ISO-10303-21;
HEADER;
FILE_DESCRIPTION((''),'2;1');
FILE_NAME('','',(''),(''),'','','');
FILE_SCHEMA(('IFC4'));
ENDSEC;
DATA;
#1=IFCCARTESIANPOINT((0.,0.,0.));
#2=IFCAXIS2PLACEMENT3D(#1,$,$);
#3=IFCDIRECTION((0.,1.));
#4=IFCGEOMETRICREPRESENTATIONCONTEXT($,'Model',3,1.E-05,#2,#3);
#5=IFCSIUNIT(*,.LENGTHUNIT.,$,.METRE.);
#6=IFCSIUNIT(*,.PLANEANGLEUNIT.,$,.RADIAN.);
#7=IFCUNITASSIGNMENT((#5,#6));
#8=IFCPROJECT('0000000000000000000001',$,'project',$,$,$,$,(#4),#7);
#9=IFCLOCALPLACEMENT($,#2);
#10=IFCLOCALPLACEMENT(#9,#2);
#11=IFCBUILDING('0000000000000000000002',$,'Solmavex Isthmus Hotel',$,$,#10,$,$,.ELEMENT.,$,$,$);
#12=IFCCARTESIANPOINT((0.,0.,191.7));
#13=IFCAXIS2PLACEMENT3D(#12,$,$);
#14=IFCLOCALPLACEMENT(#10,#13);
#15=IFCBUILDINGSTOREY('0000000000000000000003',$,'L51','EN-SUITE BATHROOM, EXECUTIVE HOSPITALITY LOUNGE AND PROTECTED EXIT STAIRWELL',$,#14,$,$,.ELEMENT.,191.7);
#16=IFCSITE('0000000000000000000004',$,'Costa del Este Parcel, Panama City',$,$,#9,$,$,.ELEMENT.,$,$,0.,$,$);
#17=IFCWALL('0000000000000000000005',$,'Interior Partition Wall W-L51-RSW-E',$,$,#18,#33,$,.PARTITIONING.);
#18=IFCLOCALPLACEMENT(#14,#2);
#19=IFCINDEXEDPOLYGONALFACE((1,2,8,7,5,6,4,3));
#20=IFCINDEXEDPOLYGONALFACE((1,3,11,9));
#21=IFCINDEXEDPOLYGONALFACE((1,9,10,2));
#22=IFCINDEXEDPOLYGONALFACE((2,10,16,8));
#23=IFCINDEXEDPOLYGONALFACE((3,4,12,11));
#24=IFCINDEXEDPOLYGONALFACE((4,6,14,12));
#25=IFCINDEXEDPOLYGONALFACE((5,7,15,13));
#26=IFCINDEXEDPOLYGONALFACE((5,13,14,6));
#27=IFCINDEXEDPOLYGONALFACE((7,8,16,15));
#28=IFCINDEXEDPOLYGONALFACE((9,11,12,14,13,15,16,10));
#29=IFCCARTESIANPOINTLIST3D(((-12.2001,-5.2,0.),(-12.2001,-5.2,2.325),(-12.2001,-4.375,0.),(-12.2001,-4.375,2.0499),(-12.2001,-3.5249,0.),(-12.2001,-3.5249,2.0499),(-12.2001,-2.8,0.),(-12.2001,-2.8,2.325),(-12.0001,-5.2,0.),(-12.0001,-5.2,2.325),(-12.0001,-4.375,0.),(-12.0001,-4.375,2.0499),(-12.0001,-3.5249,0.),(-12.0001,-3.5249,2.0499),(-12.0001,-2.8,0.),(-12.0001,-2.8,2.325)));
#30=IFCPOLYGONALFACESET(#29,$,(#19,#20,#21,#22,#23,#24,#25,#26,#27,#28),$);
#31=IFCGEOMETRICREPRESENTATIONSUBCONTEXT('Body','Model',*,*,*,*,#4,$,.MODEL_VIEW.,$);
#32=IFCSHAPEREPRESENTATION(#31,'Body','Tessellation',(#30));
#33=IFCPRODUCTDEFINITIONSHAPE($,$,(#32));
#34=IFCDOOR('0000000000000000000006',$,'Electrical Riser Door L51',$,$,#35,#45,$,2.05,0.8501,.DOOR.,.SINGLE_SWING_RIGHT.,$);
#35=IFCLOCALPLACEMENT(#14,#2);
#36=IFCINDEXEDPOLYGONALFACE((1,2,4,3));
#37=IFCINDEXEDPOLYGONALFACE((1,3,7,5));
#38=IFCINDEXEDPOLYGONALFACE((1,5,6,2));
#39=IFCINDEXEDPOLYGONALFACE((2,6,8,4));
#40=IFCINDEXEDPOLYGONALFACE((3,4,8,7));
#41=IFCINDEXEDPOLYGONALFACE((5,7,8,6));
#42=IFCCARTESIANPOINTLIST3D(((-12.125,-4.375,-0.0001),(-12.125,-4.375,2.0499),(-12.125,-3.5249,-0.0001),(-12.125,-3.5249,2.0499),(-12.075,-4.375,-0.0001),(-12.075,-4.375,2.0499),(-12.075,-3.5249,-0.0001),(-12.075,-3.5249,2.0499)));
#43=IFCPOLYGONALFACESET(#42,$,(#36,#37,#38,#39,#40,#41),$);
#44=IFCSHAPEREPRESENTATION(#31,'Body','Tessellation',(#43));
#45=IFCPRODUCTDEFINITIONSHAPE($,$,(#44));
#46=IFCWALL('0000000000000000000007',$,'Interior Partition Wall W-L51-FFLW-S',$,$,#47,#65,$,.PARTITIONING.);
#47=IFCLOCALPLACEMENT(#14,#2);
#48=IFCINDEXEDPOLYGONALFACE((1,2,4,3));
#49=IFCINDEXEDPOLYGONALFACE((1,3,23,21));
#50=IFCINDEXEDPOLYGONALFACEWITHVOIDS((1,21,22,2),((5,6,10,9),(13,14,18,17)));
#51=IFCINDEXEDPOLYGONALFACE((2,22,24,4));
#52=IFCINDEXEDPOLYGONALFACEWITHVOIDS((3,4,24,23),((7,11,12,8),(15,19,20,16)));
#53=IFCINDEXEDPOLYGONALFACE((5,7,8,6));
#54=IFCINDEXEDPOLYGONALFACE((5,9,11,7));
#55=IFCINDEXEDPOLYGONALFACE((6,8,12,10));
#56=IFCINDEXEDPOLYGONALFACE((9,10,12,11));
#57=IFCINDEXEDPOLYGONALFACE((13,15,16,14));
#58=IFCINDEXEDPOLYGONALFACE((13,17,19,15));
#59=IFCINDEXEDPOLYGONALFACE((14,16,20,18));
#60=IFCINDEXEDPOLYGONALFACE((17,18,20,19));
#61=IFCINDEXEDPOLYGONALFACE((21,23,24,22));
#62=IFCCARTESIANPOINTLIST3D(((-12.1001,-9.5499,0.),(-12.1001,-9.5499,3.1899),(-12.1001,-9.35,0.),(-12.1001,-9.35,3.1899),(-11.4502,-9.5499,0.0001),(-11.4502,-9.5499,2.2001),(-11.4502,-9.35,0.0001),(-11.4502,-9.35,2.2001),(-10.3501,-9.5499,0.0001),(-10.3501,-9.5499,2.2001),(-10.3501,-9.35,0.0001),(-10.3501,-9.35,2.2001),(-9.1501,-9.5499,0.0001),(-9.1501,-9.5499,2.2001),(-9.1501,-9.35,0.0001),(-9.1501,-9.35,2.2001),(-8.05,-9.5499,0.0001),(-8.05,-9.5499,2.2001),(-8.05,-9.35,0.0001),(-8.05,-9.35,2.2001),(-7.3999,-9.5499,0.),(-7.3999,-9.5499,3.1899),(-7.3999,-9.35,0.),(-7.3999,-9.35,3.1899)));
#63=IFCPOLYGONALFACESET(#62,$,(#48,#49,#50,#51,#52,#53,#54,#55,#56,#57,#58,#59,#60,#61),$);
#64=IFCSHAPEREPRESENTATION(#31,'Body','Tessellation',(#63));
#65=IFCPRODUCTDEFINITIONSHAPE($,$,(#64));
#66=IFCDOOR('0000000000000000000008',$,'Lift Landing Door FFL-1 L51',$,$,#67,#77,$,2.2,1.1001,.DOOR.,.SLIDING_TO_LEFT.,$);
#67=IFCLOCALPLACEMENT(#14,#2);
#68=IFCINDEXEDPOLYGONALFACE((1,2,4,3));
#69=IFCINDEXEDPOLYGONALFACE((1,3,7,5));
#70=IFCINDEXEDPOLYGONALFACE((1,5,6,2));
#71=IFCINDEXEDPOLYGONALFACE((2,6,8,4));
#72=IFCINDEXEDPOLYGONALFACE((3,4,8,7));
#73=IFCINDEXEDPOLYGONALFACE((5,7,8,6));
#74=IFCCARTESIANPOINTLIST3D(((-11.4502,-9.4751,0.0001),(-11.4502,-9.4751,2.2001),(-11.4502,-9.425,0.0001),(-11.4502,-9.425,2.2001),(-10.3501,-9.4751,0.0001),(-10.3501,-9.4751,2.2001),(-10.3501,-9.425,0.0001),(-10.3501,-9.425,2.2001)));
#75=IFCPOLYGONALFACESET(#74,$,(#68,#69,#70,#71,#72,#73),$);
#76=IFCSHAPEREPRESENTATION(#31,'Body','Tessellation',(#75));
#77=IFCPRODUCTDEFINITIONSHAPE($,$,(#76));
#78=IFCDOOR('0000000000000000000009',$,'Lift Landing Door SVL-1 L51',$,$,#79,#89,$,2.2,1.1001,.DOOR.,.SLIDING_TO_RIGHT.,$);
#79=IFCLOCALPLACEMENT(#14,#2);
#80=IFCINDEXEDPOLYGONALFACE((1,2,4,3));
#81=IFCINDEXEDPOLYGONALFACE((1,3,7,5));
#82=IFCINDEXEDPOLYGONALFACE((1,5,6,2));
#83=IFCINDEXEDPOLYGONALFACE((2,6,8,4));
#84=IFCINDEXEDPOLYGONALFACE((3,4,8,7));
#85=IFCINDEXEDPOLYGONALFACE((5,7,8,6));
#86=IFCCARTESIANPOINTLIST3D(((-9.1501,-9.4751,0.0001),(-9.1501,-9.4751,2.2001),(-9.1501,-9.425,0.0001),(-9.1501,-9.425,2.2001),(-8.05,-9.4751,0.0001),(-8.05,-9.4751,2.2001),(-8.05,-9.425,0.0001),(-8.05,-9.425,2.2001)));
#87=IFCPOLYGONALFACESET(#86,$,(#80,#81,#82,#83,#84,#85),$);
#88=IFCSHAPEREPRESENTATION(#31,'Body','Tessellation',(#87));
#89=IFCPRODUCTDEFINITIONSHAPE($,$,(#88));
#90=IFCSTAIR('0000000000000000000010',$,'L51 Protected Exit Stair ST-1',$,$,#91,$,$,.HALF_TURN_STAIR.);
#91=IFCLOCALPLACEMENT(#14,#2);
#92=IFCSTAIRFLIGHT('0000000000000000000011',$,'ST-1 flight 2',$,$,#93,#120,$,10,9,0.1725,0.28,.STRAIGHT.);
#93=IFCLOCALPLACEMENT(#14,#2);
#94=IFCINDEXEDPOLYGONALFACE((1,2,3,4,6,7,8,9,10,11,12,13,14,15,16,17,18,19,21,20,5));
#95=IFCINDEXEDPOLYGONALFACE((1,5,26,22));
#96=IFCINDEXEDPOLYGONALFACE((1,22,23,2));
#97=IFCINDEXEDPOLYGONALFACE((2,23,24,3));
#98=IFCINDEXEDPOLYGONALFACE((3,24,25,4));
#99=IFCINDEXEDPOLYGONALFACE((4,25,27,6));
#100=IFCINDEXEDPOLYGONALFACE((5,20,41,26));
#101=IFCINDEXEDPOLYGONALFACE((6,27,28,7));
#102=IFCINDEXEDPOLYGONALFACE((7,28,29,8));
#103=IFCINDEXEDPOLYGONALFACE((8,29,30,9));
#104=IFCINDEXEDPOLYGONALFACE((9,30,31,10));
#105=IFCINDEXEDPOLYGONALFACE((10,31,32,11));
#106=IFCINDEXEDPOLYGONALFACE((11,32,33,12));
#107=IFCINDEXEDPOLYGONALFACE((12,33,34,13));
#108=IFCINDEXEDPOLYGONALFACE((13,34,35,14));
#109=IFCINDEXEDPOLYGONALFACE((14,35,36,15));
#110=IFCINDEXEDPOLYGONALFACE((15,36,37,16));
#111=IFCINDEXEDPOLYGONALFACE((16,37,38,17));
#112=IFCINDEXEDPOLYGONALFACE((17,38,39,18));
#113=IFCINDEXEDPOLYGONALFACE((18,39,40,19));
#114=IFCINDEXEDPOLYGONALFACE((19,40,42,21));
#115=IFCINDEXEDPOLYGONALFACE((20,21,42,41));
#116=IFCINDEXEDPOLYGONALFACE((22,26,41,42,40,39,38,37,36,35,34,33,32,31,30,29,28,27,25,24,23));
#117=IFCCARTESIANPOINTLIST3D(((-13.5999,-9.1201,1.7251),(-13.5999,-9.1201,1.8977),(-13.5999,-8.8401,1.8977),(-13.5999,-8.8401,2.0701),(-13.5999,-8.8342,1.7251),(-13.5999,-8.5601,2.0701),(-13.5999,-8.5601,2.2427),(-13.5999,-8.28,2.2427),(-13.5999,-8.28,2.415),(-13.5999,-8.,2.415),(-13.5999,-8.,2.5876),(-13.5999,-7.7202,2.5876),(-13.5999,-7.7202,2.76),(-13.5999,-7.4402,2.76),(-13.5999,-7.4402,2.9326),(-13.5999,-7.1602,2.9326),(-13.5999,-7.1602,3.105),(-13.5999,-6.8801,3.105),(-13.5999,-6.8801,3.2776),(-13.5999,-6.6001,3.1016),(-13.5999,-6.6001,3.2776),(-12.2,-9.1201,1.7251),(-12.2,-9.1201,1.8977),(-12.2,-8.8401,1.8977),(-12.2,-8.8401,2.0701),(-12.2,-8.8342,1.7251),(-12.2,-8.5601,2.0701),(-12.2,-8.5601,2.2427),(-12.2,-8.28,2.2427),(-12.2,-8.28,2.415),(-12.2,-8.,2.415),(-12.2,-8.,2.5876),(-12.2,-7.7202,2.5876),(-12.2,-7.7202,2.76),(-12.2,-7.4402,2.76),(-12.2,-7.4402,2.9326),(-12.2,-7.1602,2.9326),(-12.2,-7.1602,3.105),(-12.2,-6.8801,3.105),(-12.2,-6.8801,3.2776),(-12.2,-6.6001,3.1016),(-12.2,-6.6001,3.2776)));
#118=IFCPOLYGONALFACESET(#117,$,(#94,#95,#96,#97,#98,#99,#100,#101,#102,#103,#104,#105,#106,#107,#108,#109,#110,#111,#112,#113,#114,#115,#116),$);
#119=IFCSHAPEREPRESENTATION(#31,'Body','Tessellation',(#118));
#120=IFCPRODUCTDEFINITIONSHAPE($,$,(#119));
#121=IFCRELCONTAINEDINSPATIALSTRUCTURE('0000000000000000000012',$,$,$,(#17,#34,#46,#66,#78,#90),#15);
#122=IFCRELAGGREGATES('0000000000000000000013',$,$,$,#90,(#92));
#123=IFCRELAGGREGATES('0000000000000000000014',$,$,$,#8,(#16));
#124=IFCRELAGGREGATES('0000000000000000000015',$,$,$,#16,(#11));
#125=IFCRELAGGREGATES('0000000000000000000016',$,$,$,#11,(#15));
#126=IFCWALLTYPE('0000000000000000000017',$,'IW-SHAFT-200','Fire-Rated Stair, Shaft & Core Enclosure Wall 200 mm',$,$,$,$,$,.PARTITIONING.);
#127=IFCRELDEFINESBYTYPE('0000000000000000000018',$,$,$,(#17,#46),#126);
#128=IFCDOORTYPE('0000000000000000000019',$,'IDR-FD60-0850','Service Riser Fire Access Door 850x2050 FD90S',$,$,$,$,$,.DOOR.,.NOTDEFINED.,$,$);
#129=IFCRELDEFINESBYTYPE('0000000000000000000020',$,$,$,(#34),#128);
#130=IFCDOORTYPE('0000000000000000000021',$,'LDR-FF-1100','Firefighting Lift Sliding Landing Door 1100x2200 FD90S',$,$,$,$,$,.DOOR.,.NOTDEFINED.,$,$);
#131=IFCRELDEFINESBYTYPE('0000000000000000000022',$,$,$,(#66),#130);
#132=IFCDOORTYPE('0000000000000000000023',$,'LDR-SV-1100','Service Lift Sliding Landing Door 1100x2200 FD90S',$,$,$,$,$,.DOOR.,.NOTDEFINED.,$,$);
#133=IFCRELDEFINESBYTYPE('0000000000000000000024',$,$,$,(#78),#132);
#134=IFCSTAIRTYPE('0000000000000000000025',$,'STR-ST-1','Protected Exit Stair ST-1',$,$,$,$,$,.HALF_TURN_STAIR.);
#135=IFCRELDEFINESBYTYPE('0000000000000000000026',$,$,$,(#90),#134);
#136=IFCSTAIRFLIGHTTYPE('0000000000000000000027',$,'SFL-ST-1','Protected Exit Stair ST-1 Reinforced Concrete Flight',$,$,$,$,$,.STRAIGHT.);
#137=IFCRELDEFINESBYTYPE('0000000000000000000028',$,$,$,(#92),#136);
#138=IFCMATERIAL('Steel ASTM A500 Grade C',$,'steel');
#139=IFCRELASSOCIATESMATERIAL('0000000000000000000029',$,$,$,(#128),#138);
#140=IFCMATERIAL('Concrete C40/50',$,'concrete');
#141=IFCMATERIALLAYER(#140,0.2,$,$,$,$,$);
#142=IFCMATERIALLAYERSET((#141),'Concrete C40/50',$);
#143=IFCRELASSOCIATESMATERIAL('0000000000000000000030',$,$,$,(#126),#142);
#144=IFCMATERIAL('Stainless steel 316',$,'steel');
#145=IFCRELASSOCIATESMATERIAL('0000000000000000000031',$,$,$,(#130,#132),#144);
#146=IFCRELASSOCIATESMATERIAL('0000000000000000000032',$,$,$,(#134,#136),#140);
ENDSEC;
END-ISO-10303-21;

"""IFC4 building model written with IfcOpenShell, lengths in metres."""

from ifc_helpers import new_model, si_unit, direction, frame, frame_2d, origin, place, context, subcontext, project, spatial, polyline, rectangle, outline, extrude, material, layer, layer_set, type_object, element, fill, aggregate, save


model = new_model("IFC4")

# Units and contexts
model_context = context("Model", 3, precision=1e-05, world=origin(), true_north=direction((0.0, 1.0)))
body_context = subcontext(model_context, "Body", "Model", "MODEL_VIEW")
ifc_project = project(units=[si_unit("LENGTHUNIT", "METRE"), si_unit("PLANEANGLEUNIT", "RADIAN")], contexts=[model_context])

# Site, building, storey
site_placement = place(None, origin())
site = spatial("IfcSite", under=ifc_project, at=site_placement, Name="Costa del Este Parcel, Panama City", CompositionType="ELEMENT", RefElevation=0.0)
building_placement = place(site_placement, origin())
building = spatial("IfcBuilding", under=site, at=building_placement, Name="Solmavex Isthmus Hotel", CompositionType="ELEMENT")
storey_placement = place(building_placement, frame((0.0, 0.0, 191.7)))
storey = spatial("IfcBuildingStorey", under=building, at=storey_placement, Name="L51", Description="EN-SUITE BATHROOM, EXECUTIVE HOSPITALITY LOUNGE AND PROTECTED EXIT STAIRWELL", CompositionType="ELEMENT", Elevation=191.7)

# Shared definitions
ifc_material_1 = material(Name="Steel ASTM A500 Grade C", Category="steel")
door_type_1 = type_object("IfcDoorType", Name="IDR-FD60-0850", Description="Service Riser Fire Access Door 850x2050 FD90S", OperationType="NOTDEFINED", PredefinedType="DOOR", material=ifc_material_1)

# Wall, opening, door
ifc_material_2 = material(Name="Concrete C40/50", Category="concrete")
ifc_layer_1 = layer(ifc_material_2, 0.2)
ifc_layer_set_1 = layer_set([ifc_layer_1], Name="Concrete C40/50")
wall_type_1 = type_object("IfcWallType", Name="IW-SHAFT-200", Description="Fire-Rated Stair, Shaft & Core Enclosure Wall 200 mm", PredefinedType="PARTITIONING", material=ifc_layer_set_1)
wall_1_placement = place(storey_placement, frame((-12.1001, -5.2, 0.0), z_axis=(0.0, 0.0, 1.0), x_axis=(0.0, 1.0, 0.0)))
wall_1 = element("IfcWall", 1, at=wall_1_placement, inside=storey, type_object=wall_type_1, Name="Interior Partition Wall W-L51-RSW-E", PredefinedType="PARTITIONING", context=body_context, shape_type="SweptSolid", body=[
    extrude(rectangle(XDim=2.3999, YDim=0.2, at=frame_2d((1.2, 0.0))), origin(), (0.0, 0.0, 1.0), 2.325),
])
opening_1_placement = place(wall_1_placement, frame((0.825, 0.0, 0.0)))
opening_1 = element("IfcOpeningElement", 2, at=opening_1_placement, cuts=wall_1, PredefinedType="OPENING", context=body_context, shape_type="SweptSolid", body=[
    extrude(rectangle(XDim=0.8501, YDim=2.05, at=frame_2d((0.425, 1.0249))), frame((0.0, 0.1099, 0.0), z_axis=(0.0, -1.0, 0.0), x_axis=(1.0, 0.0, 0.0)), (0.0, 0.0, 1.0), 0.22),
])
door_1_placement = place(opening_1_placement, origin())
door_1 = element("IfcDoor", 3, at=door_1_placement, inside=storey, type_object=door_type_1, Name="Electrical Riser Door L51", OperationType="SINGLE_SWING_RIGHT", OverallHeight=2.05, OverallWidth=0.8501, PredefinedType="DOOR", context=body_context, shape_type="SweptSolid", body=[
    extrude(rectangle(XDim=0.8501, YDim=2.05, at=frame_2d((0.425, 1.0249))), frame((0.0, 0.0249, 0.0), z_axis=(0.0, -1.0, 0.0), x_axis=(1.0, 0.0, 0.0)), (0.0, 0.0, 1.0), 0.05),
])
fill(opening_1, door_1)

# Wall, openings, doors
wall_2_placement = place(storey_placement, frame((-12.1001, -9.45, 0.0), z_axis=(0.0, 0.0, 1.0), x_axis=(1.0, 0.0, 0.0)))
wall_2 = element("IfcWall", 4, at=wall_2_placement, inside=storey, type_object=wall_type_1, Name="Interior Partition Wall W-L51-FFLW-S", PredefinedType="PARTITIONING", context=body_context, shape_type="SweptSolid", body=[
    extrude(rectangle(XDim=4.7002, YDim=0.2, at=frame_2d((2.3501, 0.0))), origin(), (0.0, 0.0, 1.0), 3.1899),
])
opening_2_placement = place(wall_2_placement, frame((0.6499, 0.0, 0.0)))
opening_2 = element("IfcOpeningElement", 5, at=opening_2_placement, cuts=wall_2, PredefinedType="OPENING", context=body_context, shape_type="SweptSolid", body=[
    extrude(rectangle(XDim=1.1001, YDim=2.2, at=frame_2d((0.55, 1.1001))), frame((0.0, 0.1099, 0.0), z_axis=(0.0, -1.0, 0.0), x_axis=(1.0, 0.0, 0.0)), (0.0, 0.0, 1.0), 0.22),
])
opening_3_placement = place(wall_2_placement, frame((2.95, 0.0, 0.0)))
opening_3 = element("IfcOpeningElement", 6, at=opening_3_placement, cuts=wall_2, PredefinedType="OPENING", context=body_context, shape_type="SweptSolid", body=[
    extrude(rectangle(XDim=1.1001, YDim=2.2, at=frame_2d((0.55, 1.1001))), frame((0.0, 0.1099, 0.0), z_axis=(0.0, -1.0, 0.0), x_axis=(1.0, 0.0, 0.0)), (0.0, 0.0, 1.0), 0.22),
])
ifc_material_3 = material(Name="Stainless steel 316", Category="steel")
door_type_2 = type_object("IfcDoorType", Name="LDR-FF-1100", Description="Firefighting Lift Sliding Landing Door 1100x2200 FD90S", OperationType="NOTDEFINED", PredefinedType="DOOR", material=ifc_material_3)
door_2_placement = place(opening_2_placement, origin())
door_2 = element("IfcDoor", 7, at=door_2_placement, inside=storey, type_object=door_type_2, Name="Lift Landing Door FFL-1 L51", OperationType="SLIDING_TO_LEFT", OverallHeight=2.2, OverallWidth=1.1001, PredefinedType="DOOR", context=body_context, shape_type="SweptSolid", body=[
    extrude(rectangle(XDim=1.1001, YDim=2.2, at=frame_2d((0.55, 1.1001))), frame((0.0, 0.0249, 0.0), z_axis=(0.0, -1.0, 0.0), x_axis=(1.0, 0.0, 0.0)), (0.0, 0.0, 1.0), 0.05),
])
fill(opening_2, door_2)
door_type_3 = type_object("IfcDoorType", Name="LDR-SV-1100", Description="Service Lift Sliding Landing Door 1100x2200 FD90S", OperationType="NOTDEFINED", PredefinedType="DOOR", material=ifc_material_3)
door_3_placement = place(opening_3_placement, origin())
door_3 = element("IfcDoor", 8, at=door_3_placement, inside=storey, type_object=door_type_3, Name="Lift Landing Door SVL-1 L51", OperationType="SLIDING_TO_RIGHT", OverallHeight=2.2, OverallWidth=1.1001, PredefinedType="DOOR", context=body_context, shape_type="SweptSolid", body=[
    extrude(rectangle(XDim=1.1001, YDim=2.2, at=frame_2d((0.55, 1.1001))), frame((0.0, 0.0249, 0.0), z_axis=(0.0, -1.0, 0.0), x_axis=(1.0, 0.0, 0.0)), (0.0, 0.0, 1.0), 0.05),
])
fill(opening_3, door_3)

# Stair, stair flight
stair_type = type_object("IfcStairType", Name="STR-ST-1", Description="Protected Exit Stair ST-1", PredefinedType="HALF_TURN_STAIR", material=ifc_material_2)
stair_placement = place(storey_placement, origin())
stair = element("IfcStair", 9, at=stair_placement, inside=storey, type_object=stair_type, Name="L51 Protected Exit Stair ST-1", PredefinedType="HALF_TURN_STAIR")
stair_flight_type = type_object("IfcStairFlightType", Name="SFL-ST-1", Description="Protected Exit Stair ST-1 Reinforced Concrete Flight", PredefinedType="STRAIGHT", material=ifc_material_2)
stair_flight_placement = place(storey_placement, frame((-12.8999, -9.1201, 1.7251), z_axis=(0.0, 0.0, 1.0), x_axis=(0.0, 1.0, 0.0)))
stair_flight = element("IfcStairFlight", 10, at=stair_flight_placement, type_object=stair_flight_type, Name="ST-1 flight 2", NumberOfRisers=10, NumberOfTreads=9, PredefinedType="STRAIGHT", RiserHeight=0.1725, TreadLength=0.28, context=body_context, shape_type="SweptSolid", body=[
    extrude(outline(polyline([(0.0, 0.0), (0.0, 0.1726), (0.28, 0.1726), (0.28, 0.345), (0.5601, 0.345), (0.5601, 0.5176), (0.8401, 0.5176), (0.8401, 0.6899), (1.1201, 0.6899), (1.1201, 0.8625), (1.3999, 0.8625), (1.3999, 1.0349), (1.6799, 1.0349), (1.6799, 1.2075), (1.96, 1.2075), (1.96, 1.3799), (2.24, 1.3799), (2.24, 1.5525), (2.52, 1.5525), (2.52, 1.7251), (2.52, 1.3765), (0.2859, 0.0), (0.0, 0.0)])), frame((0.0, 0.7, 0.0), z_axis=(0.0, -1.0, 0.0), x_axis=(1.0, 0.0, 0.0)), (0.0, 0.0, 1.0), 1.3999),
])
aggregate(stair, [stair_flight])

save(model, "model.ifc")
